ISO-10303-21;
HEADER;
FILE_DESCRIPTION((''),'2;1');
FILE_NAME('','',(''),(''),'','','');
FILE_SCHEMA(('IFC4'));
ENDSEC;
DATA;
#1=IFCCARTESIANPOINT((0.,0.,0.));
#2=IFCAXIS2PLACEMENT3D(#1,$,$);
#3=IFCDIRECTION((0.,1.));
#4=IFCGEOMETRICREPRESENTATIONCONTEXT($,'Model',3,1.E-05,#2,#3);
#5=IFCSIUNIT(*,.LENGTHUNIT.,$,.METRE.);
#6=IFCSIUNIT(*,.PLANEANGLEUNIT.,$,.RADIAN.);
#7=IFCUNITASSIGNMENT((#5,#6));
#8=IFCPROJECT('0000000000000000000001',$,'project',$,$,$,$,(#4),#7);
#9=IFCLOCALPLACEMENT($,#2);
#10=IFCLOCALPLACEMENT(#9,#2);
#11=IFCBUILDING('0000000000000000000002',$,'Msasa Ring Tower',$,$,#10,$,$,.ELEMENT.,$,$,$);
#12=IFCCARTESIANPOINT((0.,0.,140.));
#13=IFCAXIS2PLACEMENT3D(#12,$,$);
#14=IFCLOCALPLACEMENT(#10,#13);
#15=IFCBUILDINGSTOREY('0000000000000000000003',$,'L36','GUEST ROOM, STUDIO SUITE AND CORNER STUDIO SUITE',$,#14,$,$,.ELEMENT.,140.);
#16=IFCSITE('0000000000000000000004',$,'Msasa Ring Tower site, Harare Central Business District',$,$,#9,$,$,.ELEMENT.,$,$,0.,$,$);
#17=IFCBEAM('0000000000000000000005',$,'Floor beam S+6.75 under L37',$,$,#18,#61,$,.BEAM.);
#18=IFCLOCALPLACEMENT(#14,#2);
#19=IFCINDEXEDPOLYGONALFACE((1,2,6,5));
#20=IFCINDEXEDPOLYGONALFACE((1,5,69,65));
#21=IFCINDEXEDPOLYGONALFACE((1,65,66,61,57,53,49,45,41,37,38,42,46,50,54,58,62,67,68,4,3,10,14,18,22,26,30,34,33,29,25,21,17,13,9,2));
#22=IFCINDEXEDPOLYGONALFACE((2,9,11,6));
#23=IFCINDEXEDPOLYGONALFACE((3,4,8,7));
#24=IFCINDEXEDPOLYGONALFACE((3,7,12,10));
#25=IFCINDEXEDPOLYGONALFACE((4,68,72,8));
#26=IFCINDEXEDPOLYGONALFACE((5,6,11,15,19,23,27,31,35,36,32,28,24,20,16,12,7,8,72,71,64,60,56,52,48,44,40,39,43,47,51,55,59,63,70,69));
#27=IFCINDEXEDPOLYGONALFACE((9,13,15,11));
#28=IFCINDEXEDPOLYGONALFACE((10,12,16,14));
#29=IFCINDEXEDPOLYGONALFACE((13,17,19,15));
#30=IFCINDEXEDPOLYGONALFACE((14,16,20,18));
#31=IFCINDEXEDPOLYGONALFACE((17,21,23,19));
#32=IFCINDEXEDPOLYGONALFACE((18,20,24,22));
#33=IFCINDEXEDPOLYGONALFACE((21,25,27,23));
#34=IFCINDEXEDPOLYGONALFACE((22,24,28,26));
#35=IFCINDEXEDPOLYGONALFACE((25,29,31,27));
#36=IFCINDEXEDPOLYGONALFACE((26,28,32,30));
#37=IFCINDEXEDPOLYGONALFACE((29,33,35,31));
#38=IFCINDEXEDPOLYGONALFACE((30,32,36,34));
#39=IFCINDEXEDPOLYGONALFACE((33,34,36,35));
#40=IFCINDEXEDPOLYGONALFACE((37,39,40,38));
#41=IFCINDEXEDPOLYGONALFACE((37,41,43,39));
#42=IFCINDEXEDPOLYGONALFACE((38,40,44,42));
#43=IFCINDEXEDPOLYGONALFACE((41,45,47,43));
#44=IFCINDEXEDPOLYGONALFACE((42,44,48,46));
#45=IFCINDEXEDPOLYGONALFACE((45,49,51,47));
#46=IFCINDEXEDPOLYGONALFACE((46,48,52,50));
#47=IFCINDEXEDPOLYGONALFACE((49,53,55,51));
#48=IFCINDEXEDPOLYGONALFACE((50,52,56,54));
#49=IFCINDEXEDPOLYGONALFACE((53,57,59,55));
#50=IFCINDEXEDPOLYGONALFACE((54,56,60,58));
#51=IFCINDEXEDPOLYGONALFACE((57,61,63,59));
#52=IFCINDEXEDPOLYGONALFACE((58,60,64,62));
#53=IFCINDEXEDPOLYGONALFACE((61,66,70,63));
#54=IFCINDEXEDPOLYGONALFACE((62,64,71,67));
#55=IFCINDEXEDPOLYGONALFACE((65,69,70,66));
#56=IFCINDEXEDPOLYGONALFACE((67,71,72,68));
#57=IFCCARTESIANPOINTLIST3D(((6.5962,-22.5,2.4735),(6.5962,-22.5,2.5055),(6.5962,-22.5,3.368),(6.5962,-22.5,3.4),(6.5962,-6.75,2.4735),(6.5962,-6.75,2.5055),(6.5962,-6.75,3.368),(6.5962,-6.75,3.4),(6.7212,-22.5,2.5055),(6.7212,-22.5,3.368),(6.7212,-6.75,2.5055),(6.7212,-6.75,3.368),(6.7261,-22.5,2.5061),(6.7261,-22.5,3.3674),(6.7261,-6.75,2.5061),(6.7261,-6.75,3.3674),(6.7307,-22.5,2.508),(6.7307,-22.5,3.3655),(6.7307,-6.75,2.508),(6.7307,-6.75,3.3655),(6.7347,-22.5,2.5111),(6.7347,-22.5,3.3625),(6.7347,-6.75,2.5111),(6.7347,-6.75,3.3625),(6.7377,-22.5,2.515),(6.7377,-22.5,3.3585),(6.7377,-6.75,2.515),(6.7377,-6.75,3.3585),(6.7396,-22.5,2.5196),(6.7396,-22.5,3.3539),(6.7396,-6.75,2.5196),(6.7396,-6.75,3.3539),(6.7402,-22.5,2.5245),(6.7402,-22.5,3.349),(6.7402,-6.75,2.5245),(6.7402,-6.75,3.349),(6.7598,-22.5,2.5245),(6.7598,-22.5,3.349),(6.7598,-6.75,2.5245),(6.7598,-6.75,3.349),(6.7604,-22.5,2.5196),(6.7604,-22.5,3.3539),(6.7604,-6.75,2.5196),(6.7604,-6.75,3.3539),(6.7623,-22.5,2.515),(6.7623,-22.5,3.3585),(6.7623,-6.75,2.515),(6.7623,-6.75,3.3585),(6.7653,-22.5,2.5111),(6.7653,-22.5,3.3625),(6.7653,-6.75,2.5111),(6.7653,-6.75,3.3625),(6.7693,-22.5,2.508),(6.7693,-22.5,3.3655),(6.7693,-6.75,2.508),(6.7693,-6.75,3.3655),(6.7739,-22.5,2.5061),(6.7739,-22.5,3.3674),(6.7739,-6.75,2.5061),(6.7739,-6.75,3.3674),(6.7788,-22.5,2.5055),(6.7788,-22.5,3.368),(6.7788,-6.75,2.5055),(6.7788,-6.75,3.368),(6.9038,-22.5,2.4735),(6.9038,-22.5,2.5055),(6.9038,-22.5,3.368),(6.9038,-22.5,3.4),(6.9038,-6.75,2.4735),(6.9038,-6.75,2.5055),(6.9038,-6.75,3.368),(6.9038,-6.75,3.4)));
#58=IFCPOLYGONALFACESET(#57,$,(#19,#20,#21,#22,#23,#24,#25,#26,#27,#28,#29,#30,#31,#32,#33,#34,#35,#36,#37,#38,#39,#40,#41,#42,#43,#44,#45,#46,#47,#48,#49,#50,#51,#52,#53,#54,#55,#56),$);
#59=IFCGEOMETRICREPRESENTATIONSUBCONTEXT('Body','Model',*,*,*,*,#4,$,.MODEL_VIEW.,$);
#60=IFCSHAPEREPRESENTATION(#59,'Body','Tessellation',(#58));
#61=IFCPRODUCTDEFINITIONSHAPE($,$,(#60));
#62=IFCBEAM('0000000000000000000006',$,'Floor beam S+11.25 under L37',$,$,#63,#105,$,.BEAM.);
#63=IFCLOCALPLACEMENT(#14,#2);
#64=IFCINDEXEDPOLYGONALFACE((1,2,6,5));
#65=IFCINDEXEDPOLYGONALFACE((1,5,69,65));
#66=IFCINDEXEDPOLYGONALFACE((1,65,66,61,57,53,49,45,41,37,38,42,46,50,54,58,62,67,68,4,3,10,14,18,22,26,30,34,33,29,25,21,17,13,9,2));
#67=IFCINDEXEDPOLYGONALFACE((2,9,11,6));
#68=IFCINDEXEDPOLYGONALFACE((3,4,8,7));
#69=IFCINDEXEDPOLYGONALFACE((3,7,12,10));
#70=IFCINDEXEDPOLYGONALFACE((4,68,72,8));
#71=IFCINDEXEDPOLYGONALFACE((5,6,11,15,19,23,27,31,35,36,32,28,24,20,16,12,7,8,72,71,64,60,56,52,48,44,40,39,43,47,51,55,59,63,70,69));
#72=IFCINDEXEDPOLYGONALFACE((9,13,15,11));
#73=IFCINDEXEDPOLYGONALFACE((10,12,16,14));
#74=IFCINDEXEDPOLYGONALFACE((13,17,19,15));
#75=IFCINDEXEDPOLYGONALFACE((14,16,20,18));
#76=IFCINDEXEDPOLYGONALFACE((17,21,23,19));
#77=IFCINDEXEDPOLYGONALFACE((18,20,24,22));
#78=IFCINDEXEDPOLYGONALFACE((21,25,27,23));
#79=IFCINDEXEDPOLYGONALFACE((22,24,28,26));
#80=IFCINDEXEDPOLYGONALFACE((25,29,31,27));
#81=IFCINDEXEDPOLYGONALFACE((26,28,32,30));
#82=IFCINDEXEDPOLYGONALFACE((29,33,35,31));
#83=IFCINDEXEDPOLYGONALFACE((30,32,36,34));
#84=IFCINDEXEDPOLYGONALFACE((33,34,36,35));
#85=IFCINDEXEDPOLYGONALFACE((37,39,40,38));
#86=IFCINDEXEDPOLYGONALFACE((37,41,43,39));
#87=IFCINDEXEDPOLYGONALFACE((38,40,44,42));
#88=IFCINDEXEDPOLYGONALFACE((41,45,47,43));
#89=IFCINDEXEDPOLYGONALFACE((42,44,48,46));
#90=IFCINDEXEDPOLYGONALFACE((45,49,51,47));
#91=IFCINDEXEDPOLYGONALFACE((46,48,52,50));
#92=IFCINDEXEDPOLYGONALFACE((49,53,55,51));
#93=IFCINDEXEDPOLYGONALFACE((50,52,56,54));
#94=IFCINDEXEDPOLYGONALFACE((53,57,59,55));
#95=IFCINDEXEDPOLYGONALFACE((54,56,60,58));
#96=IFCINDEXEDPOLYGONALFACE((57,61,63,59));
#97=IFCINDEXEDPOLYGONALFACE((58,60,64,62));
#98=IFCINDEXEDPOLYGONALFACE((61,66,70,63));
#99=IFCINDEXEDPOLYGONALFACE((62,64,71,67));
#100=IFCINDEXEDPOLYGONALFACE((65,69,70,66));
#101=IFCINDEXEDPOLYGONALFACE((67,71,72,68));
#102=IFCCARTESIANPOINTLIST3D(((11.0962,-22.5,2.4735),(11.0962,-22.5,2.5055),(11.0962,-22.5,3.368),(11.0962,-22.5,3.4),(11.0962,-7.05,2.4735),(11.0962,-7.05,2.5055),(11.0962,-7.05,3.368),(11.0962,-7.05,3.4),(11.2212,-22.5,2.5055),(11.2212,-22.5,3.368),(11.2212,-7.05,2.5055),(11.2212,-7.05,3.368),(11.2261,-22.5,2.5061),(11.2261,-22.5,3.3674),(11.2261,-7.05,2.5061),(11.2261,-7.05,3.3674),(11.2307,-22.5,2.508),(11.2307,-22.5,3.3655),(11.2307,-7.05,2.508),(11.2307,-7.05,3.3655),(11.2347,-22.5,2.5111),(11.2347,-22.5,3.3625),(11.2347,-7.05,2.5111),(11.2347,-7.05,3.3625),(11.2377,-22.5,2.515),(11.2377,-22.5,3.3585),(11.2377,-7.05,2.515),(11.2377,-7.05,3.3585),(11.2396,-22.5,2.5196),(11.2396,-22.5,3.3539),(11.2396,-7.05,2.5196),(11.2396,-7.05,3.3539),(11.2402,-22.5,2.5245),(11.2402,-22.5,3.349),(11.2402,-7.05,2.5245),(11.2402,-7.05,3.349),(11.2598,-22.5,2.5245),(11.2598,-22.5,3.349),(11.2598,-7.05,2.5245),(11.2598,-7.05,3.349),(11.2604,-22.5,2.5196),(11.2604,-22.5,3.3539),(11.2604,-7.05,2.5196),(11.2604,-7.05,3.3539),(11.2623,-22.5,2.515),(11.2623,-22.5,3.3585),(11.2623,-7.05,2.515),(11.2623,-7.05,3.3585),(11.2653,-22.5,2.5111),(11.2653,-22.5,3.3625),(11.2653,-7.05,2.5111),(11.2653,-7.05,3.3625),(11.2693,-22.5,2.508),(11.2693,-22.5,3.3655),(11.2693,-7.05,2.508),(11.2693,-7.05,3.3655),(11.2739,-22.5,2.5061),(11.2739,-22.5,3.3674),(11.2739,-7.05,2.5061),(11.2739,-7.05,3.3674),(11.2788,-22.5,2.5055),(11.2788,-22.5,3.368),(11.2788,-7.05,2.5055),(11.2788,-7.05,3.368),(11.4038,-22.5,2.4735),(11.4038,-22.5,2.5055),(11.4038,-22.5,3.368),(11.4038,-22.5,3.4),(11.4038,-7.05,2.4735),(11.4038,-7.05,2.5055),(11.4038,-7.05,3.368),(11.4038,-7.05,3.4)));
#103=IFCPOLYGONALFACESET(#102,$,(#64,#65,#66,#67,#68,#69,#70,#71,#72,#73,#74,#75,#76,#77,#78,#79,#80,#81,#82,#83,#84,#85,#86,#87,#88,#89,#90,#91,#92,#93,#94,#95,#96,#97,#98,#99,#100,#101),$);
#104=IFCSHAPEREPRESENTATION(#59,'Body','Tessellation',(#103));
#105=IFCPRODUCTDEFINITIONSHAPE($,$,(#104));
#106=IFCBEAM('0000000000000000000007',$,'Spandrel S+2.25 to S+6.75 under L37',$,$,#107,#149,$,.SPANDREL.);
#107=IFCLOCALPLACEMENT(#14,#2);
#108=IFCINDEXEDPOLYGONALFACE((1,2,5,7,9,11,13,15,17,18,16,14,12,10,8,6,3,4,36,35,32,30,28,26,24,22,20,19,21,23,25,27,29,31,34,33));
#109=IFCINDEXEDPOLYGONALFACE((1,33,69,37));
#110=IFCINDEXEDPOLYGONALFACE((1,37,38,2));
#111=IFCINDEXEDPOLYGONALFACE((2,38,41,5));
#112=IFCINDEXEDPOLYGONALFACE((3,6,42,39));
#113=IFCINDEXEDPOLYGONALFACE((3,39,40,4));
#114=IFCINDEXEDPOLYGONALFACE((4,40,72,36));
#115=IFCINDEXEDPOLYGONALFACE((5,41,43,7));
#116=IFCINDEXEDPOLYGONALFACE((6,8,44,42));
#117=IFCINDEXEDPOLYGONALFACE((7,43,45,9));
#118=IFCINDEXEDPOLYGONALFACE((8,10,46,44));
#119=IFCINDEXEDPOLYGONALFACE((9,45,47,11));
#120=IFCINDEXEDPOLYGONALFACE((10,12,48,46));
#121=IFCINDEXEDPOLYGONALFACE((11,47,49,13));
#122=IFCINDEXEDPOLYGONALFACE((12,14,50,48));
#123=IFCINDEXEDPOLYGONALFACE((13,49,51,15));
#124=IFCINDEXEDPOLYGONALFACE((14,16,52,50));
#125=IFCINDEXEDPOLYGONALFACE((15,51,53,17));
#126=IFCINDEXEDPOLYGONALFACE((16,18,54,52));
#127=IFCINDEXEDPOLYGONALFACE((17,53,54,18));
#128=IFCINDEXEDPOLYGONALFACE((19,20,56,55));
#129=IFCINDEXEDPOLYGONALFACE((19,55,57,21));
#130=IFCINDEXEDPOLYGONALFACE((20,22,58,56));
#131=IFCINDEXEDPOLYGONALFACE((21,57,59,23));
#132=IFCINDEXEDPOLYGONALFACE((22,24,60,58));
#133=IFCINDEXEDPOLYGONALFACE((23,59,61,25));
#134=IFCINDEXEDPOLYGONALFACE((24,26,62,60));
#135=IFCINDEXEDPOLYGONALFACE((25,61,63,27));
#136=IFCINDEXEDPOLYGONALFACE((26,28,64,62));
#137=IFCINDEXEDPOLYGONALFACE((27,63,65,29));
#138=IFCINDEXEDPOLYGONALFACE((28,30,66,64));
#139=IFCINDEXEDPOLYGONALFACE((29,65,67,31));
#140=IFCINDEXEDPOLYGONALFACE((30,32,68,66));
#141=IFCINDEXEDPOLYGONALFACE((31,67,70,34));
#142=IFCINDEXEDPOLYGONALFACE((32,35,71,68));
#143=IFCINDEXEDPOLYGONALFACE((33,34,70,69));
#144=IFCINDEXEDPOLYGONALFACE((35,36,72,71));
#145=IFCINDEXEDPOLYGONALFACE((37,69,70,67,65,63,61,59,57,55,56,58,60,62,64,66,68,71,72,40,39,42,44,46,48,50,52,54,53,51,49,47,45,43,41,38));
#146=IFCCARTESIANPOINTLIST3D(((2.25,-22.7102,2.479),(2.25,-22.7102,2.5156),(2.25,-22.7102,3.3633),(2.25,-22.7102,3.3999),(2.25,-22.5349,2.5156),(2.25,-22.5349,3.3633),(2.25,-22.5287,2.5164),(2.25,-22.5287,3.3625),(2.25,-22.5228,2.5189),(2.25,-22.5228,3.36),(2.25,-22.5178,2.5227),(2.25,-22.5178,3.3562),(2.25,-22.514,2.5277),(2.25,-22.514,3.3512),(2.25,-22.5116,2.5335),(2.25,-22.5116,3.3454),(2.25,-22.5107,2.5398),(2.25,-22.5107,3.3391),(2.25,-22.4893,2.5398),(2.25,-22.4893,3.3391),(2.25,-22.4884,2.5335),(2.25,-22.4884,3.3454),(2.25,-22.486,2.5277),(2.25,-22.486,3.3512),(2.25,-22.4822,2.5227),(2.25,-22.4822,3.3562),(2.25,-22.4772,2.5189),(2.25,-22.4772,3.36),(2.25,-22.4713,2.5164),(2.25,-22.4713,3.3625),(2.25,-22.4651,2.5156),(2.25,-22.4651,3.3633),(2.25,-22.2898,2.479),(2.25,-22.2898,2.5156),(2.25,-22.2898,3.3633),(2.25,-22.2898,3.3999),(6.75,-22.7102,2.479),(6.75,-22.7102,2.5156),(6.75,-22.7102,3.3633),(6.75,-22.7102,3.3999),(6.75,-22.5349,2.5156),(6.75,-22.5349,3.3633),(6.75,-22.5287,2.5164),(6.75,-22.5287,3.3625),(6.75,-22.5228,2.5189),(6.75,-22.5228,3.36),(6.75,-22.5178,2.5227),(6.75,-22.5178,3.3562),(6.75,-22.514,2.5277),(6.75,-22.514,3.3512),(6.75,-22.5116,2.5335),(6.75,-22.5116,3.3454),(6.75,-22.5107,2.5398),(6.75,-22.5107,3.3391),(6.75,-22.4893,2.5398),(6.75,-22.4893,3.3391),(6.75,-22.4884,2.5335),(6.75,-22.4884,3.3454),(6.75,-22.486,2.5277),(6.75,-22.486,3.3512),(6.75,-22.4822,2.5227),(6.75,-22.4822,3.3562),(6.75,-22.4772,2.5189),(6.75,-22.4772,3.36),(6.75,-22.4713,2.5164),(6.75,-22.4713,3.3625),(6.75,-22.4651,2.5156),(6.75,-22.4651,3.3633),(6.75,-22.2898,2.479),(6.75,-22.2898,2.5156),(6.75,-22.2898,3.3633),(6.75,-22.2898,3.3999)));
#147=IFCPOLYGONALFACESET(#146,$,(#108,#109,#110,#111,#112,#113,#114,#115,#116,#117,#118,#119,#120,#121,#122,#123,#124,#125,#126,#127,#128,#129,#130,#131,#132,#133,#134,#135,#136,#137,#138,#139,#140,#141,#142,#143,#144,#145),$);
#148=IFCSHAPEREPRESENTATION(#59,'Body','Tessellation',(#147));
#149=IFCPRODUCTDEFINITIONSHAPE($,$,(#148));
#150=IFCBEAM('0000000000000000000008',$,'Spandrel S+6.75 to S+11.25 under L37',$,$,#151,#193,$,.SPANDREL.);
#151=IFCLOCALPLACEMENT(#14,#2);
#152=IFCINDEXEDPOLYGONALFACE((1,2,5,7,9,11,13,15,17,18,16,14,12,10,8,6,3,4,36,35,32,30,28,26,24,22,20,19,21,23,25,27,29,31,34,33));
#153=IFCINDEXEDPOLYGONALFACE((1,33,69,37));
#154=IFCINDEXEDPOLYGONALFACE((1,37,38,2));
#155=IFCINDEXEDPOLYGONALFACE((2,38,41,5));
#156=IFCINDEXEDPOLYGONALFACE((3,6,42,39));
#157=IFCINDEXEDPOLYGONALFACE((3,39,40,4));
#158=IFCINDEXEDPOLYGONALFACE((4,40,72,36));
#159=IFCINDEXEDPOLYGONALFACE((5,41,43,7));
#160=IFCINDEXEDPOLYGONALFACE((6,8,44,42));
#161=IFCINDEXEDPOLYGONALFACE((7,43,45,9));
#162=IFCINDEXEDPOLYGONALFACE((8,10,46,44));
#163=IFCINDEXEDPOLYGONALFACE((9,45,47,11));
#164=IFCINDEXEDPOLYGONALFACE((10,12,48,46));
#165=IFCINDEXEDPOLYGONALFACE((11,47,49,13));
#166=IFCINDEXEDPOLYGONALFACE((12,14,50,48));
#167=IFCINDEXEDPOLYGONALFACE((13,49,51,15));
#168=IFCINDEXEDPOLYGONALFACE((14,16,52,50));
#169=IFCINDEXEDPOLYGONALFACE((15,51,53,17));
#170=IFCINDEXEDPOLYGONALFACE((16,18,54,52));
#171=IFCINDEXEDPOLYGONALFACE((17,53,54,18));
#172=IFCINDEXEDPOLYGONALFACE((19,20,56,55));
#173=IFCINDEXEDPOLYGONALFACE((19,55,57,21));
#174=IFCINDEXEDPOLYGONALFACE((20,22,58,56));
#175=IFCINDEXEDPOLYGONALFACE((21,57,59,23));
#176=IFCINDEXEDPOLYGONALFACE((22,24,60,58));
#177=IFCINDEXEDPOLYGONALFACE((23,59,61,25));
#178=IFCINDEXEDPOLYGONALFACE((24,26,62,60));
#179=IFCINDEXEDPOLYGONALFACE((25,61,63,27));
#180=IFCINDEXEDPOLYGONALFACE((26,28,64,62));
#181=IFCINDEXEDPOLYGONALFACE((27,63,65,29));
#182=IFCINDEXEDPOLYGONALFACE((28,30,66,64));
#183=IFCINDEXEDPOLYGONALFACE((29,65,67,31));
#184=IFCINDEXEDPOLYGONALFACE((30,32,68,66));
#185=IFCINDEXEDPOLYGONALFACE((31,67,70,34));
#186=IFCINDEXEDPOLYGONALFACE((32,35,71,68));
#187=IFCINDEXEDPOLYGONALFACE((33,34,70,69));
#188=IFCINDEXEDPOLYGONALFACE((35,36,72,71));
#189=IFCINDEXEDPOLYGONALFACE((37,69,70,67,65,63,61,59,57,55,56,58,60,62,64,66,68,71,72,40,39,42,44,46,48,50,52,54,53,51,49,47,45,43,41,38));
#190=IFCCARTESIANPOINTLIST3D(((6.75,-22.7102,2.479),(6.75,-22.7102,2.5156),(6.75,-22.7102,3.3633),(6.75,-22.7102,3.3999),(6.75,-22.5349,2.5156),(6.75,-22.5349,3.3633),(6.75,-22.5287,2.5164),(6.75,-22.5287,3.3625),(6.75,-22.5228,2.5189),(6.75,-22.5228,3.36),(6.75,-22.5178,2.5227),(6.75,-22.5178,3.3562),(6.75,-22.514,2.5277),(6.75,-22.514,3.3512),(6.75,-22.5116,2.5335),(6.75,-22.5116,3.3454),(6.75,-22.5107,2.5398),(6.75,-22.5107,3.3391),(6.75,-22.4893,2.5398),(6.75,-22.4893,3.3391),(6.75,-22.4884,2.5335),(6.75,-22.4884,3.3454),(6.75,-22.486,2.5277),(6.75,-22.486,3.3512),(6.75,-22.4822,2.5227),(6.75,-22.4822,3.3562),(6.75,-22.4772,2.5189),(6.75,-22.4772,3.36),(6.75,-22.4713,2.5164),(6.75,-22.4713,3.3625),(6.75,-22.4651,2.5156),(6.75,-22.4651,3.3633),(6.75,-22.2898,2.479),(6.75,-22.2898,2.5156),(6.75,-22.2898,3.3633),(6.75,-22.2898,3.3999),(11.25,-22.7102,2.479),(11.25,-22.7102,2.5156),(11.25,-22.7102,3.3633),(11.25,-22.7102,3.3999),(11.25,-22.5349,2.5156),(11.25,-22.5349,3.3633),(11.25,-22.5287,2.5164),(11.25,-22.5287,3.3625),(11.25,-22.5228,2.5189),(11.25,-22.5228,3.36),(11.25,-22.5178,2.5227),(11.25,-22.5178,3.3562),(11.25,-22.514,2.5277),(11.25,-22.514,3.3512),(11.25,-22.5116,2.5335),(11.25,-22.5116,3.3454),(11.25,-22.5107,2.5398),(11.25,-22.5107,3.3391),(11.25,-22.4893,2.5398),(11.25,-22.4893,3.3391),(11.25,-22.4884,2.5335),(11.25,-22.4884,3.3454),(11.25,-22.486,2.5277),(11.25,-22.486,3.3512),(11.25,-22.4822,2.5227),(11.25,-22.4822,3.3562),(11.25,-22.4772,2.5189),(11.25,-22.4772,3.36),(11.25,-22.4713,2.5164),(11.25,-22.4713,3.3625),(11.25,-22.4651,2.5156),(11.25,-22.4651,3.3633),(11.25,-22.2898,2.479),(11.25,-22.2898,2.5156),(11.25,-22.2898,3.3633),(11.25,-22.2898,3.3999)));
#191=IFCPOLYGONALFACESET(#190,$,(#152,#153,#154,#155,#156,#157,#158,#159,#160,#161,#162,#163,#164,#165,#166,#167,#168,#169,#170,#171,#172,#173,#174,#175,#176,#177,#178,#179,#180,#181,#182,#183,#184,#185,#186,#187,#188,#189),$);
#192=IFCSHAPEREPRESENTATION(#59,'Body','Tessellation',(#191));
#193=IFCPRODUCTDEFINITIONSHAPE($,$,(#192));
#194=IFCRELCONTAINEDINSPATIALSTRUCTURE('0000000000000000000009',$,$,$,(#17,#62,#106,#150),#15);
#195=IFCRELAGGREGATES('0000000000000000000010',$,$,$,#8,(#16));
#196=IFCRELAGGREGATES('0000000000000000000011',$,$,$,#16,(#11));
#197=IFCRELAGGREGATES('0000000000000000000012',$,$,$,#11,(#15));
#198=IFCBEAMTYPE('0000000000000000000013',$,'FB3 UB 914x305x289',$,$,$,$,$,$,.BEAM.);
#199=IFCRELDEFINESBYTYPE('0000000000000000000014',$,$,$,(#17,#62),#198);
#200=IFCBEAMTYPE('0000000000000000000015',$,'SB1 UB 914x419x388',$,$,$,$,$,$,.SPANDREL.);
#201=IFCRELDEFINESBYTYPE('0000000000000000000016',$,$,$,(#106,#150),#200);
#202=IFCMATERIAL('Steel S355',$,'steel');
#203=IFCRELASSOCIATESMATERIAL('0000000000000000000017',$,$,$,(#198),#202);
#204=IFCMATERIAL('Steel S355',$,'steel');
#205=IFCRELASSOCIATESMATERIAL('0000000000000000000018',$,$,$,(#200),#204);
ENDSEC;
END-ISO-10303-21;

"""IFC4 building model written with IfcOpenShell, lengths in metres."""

from ifc_helpers import new_model, si_unit, direction, frame, origin, origin_2d, place, context, subcontext, project, spatial, i_section, extrude, material, material_profile, profile_set, type_object, element, save


model = new_model("IFC4")

# Units and contexts
model_context = context("Model", 3, precision=1e-05, world=origin(), true_north=direction((0.0, 1.0)))
body_context = subcontext(model_context, "Body", "Model", "MODEL_VIEW")
ifc_project = project(units=[si_unit("LENGTHUNIT", "METRE"), si_unit("PLANEANGLEUNIT", "RADIAN")], contexts=[model_context])

# Site, building, storey
site_placement = place(None, origin())
site = spatial("IfcSite", under=ifc_project, at=site_placement, Name="Msasa Ring Tower site, Harare Central Business District", CompositionType="ELEMENT", RefElevation=0.0)
building_placement = place(site_placement, origin())
building = spatial("IfcBuilding", under=site, at=building_placement, Name="Msasa Ring Tower", CompositionType="ELEMENT")
storey_placement = place(building_placement, frame((0.0, 0.0, 140.0)))
storey = spatial("IfcBuildingStorey", under=building, at=storey_placement, Name="L36", Description="GUEST ROOM, STUDIO SUITE AND CORNER STUDIO SUITE", CompositionType="ELEMENT", Elevation=140.0)

# Beams
ifc_material_1 = material(Name="Steel S355", Category="steel")
ifc_material_profile_1 = material_profile(ifc_material_1, i_section(OverallWidth=0.3076, OverallDepth=0.9265, WebThickness=0.0195, FlangeThickness=0.032, FilletRadius=0.019, at=origin_2d()), Name="UB 914x305x289")
ifc_profile_set_1 = profile_set([ifc_material_profile_1], Name="Steel S355")
beam_type_1 = type_object("IfcBeamType", Name="FB3 UB 914x305x289", PredefinedType="BEAM", material=ifc_profile_set_1)
for number, where, z_axis, x_axis, name in (
    (1, (6.75, -22.5, 2.9368), (0.0, 1.0, 0.0), (-1.0, 0.0, 0.0), "Floor beam S+6.75 under L37"),
):
    element("IfcBeam", number, at=place(storey_placement, frame(where, z_axis=z_axis, x_axis=x_axis)), inside=storey, type_object=beam_type_1, Name=name, PredefinedType="BEAM", context=body_context, shape_type="SweptSolid", body=[
        extrude(i_section(OverallWidth=0.3076, OverallDepth=0.9265, WebThickness=0.0195, FlangeThickness=0.032, FilletRadius=0.019, at=origin_2d()), origin(), (0.0, 0.0, 1.0), 15.75),
    ])
beam_placement = place(storey_placement, frame((11.25, -22.5, 2.9368), z_axis=(0.0, 1.0, 0.0), x_axis=(-1.0, 0.0, 0.0)))
element("IfcBeam", 2, at=beam_placement, inside=storey, type_object=beam_type_1, Name="Floor beam S+11.25 under L37", PredefinedType="BEAM", context=body_context, shape_type="SweptSolid", body=[
    extrude(i_section(OverallWidth=0.3076, OverallDepth=0.9265, WebThickness=0.0195, FlangeThickness=0.032, FilletRadius=0.019, at=origin_2d()), origin(), (0.0, 0.0, 1.0), 15.45),
])
ifc_material_2 = material(Name="Steel S355", Category="steel")
ifc_material_profile_2 = material_profile(ifc_material_2, i_section(OverallWidth=0.4204, OverallDepth=0.9209, WebThickness=0.0215, FlangeThickness=0.0366, FilletRadius=0.0242, at=origin_2d()), Name="UB 914x419x388")
ifc_profile_set_2 = profile_set([ifc_material_profile_2], Name="Steel S355")
beam_type_2 = type_object("IfcBeamType", Name="SB1 UB 914x419x388", PredefinedType="SPANDREL", material=ifc_profile_set_2)
for number, where, z_axis, x_axis, name in (
    (3, (2.25, -22.5, 2.9395), (1.0, 0.0, 0.0), (0.0, 1.0, 0.0), "Spandrel S+2.25 to S+6.75 under L37"),
    (4, (6.75, -22.5, 2.9395), (1.0, 0.0, 0.0), (0.0, 1.0, 0.0), "Spandrel S+6.75 to S+11.25 under L37"),
):
    element("IfcBeam", number, at=place(storey_placement, frame(where, z_axis=z_axis, x_axis=x_axis)), inside=storey, type_object=beam_type_2, Name=name, PredefinedType="SPANDREL", context=body_context, shape_type="SweptSolid", body=[
        extrude(i_section(OverallWidth=0.4204, OverallDepth=0.9209, WebThickness=0.0215, FlangeThickness=0.0366, FilletRadius=0.0242, at=origin_2d()), origin(), (0.0, 0.0, 1.0), 4.5),
    ])

save(model, "model.ifc")
